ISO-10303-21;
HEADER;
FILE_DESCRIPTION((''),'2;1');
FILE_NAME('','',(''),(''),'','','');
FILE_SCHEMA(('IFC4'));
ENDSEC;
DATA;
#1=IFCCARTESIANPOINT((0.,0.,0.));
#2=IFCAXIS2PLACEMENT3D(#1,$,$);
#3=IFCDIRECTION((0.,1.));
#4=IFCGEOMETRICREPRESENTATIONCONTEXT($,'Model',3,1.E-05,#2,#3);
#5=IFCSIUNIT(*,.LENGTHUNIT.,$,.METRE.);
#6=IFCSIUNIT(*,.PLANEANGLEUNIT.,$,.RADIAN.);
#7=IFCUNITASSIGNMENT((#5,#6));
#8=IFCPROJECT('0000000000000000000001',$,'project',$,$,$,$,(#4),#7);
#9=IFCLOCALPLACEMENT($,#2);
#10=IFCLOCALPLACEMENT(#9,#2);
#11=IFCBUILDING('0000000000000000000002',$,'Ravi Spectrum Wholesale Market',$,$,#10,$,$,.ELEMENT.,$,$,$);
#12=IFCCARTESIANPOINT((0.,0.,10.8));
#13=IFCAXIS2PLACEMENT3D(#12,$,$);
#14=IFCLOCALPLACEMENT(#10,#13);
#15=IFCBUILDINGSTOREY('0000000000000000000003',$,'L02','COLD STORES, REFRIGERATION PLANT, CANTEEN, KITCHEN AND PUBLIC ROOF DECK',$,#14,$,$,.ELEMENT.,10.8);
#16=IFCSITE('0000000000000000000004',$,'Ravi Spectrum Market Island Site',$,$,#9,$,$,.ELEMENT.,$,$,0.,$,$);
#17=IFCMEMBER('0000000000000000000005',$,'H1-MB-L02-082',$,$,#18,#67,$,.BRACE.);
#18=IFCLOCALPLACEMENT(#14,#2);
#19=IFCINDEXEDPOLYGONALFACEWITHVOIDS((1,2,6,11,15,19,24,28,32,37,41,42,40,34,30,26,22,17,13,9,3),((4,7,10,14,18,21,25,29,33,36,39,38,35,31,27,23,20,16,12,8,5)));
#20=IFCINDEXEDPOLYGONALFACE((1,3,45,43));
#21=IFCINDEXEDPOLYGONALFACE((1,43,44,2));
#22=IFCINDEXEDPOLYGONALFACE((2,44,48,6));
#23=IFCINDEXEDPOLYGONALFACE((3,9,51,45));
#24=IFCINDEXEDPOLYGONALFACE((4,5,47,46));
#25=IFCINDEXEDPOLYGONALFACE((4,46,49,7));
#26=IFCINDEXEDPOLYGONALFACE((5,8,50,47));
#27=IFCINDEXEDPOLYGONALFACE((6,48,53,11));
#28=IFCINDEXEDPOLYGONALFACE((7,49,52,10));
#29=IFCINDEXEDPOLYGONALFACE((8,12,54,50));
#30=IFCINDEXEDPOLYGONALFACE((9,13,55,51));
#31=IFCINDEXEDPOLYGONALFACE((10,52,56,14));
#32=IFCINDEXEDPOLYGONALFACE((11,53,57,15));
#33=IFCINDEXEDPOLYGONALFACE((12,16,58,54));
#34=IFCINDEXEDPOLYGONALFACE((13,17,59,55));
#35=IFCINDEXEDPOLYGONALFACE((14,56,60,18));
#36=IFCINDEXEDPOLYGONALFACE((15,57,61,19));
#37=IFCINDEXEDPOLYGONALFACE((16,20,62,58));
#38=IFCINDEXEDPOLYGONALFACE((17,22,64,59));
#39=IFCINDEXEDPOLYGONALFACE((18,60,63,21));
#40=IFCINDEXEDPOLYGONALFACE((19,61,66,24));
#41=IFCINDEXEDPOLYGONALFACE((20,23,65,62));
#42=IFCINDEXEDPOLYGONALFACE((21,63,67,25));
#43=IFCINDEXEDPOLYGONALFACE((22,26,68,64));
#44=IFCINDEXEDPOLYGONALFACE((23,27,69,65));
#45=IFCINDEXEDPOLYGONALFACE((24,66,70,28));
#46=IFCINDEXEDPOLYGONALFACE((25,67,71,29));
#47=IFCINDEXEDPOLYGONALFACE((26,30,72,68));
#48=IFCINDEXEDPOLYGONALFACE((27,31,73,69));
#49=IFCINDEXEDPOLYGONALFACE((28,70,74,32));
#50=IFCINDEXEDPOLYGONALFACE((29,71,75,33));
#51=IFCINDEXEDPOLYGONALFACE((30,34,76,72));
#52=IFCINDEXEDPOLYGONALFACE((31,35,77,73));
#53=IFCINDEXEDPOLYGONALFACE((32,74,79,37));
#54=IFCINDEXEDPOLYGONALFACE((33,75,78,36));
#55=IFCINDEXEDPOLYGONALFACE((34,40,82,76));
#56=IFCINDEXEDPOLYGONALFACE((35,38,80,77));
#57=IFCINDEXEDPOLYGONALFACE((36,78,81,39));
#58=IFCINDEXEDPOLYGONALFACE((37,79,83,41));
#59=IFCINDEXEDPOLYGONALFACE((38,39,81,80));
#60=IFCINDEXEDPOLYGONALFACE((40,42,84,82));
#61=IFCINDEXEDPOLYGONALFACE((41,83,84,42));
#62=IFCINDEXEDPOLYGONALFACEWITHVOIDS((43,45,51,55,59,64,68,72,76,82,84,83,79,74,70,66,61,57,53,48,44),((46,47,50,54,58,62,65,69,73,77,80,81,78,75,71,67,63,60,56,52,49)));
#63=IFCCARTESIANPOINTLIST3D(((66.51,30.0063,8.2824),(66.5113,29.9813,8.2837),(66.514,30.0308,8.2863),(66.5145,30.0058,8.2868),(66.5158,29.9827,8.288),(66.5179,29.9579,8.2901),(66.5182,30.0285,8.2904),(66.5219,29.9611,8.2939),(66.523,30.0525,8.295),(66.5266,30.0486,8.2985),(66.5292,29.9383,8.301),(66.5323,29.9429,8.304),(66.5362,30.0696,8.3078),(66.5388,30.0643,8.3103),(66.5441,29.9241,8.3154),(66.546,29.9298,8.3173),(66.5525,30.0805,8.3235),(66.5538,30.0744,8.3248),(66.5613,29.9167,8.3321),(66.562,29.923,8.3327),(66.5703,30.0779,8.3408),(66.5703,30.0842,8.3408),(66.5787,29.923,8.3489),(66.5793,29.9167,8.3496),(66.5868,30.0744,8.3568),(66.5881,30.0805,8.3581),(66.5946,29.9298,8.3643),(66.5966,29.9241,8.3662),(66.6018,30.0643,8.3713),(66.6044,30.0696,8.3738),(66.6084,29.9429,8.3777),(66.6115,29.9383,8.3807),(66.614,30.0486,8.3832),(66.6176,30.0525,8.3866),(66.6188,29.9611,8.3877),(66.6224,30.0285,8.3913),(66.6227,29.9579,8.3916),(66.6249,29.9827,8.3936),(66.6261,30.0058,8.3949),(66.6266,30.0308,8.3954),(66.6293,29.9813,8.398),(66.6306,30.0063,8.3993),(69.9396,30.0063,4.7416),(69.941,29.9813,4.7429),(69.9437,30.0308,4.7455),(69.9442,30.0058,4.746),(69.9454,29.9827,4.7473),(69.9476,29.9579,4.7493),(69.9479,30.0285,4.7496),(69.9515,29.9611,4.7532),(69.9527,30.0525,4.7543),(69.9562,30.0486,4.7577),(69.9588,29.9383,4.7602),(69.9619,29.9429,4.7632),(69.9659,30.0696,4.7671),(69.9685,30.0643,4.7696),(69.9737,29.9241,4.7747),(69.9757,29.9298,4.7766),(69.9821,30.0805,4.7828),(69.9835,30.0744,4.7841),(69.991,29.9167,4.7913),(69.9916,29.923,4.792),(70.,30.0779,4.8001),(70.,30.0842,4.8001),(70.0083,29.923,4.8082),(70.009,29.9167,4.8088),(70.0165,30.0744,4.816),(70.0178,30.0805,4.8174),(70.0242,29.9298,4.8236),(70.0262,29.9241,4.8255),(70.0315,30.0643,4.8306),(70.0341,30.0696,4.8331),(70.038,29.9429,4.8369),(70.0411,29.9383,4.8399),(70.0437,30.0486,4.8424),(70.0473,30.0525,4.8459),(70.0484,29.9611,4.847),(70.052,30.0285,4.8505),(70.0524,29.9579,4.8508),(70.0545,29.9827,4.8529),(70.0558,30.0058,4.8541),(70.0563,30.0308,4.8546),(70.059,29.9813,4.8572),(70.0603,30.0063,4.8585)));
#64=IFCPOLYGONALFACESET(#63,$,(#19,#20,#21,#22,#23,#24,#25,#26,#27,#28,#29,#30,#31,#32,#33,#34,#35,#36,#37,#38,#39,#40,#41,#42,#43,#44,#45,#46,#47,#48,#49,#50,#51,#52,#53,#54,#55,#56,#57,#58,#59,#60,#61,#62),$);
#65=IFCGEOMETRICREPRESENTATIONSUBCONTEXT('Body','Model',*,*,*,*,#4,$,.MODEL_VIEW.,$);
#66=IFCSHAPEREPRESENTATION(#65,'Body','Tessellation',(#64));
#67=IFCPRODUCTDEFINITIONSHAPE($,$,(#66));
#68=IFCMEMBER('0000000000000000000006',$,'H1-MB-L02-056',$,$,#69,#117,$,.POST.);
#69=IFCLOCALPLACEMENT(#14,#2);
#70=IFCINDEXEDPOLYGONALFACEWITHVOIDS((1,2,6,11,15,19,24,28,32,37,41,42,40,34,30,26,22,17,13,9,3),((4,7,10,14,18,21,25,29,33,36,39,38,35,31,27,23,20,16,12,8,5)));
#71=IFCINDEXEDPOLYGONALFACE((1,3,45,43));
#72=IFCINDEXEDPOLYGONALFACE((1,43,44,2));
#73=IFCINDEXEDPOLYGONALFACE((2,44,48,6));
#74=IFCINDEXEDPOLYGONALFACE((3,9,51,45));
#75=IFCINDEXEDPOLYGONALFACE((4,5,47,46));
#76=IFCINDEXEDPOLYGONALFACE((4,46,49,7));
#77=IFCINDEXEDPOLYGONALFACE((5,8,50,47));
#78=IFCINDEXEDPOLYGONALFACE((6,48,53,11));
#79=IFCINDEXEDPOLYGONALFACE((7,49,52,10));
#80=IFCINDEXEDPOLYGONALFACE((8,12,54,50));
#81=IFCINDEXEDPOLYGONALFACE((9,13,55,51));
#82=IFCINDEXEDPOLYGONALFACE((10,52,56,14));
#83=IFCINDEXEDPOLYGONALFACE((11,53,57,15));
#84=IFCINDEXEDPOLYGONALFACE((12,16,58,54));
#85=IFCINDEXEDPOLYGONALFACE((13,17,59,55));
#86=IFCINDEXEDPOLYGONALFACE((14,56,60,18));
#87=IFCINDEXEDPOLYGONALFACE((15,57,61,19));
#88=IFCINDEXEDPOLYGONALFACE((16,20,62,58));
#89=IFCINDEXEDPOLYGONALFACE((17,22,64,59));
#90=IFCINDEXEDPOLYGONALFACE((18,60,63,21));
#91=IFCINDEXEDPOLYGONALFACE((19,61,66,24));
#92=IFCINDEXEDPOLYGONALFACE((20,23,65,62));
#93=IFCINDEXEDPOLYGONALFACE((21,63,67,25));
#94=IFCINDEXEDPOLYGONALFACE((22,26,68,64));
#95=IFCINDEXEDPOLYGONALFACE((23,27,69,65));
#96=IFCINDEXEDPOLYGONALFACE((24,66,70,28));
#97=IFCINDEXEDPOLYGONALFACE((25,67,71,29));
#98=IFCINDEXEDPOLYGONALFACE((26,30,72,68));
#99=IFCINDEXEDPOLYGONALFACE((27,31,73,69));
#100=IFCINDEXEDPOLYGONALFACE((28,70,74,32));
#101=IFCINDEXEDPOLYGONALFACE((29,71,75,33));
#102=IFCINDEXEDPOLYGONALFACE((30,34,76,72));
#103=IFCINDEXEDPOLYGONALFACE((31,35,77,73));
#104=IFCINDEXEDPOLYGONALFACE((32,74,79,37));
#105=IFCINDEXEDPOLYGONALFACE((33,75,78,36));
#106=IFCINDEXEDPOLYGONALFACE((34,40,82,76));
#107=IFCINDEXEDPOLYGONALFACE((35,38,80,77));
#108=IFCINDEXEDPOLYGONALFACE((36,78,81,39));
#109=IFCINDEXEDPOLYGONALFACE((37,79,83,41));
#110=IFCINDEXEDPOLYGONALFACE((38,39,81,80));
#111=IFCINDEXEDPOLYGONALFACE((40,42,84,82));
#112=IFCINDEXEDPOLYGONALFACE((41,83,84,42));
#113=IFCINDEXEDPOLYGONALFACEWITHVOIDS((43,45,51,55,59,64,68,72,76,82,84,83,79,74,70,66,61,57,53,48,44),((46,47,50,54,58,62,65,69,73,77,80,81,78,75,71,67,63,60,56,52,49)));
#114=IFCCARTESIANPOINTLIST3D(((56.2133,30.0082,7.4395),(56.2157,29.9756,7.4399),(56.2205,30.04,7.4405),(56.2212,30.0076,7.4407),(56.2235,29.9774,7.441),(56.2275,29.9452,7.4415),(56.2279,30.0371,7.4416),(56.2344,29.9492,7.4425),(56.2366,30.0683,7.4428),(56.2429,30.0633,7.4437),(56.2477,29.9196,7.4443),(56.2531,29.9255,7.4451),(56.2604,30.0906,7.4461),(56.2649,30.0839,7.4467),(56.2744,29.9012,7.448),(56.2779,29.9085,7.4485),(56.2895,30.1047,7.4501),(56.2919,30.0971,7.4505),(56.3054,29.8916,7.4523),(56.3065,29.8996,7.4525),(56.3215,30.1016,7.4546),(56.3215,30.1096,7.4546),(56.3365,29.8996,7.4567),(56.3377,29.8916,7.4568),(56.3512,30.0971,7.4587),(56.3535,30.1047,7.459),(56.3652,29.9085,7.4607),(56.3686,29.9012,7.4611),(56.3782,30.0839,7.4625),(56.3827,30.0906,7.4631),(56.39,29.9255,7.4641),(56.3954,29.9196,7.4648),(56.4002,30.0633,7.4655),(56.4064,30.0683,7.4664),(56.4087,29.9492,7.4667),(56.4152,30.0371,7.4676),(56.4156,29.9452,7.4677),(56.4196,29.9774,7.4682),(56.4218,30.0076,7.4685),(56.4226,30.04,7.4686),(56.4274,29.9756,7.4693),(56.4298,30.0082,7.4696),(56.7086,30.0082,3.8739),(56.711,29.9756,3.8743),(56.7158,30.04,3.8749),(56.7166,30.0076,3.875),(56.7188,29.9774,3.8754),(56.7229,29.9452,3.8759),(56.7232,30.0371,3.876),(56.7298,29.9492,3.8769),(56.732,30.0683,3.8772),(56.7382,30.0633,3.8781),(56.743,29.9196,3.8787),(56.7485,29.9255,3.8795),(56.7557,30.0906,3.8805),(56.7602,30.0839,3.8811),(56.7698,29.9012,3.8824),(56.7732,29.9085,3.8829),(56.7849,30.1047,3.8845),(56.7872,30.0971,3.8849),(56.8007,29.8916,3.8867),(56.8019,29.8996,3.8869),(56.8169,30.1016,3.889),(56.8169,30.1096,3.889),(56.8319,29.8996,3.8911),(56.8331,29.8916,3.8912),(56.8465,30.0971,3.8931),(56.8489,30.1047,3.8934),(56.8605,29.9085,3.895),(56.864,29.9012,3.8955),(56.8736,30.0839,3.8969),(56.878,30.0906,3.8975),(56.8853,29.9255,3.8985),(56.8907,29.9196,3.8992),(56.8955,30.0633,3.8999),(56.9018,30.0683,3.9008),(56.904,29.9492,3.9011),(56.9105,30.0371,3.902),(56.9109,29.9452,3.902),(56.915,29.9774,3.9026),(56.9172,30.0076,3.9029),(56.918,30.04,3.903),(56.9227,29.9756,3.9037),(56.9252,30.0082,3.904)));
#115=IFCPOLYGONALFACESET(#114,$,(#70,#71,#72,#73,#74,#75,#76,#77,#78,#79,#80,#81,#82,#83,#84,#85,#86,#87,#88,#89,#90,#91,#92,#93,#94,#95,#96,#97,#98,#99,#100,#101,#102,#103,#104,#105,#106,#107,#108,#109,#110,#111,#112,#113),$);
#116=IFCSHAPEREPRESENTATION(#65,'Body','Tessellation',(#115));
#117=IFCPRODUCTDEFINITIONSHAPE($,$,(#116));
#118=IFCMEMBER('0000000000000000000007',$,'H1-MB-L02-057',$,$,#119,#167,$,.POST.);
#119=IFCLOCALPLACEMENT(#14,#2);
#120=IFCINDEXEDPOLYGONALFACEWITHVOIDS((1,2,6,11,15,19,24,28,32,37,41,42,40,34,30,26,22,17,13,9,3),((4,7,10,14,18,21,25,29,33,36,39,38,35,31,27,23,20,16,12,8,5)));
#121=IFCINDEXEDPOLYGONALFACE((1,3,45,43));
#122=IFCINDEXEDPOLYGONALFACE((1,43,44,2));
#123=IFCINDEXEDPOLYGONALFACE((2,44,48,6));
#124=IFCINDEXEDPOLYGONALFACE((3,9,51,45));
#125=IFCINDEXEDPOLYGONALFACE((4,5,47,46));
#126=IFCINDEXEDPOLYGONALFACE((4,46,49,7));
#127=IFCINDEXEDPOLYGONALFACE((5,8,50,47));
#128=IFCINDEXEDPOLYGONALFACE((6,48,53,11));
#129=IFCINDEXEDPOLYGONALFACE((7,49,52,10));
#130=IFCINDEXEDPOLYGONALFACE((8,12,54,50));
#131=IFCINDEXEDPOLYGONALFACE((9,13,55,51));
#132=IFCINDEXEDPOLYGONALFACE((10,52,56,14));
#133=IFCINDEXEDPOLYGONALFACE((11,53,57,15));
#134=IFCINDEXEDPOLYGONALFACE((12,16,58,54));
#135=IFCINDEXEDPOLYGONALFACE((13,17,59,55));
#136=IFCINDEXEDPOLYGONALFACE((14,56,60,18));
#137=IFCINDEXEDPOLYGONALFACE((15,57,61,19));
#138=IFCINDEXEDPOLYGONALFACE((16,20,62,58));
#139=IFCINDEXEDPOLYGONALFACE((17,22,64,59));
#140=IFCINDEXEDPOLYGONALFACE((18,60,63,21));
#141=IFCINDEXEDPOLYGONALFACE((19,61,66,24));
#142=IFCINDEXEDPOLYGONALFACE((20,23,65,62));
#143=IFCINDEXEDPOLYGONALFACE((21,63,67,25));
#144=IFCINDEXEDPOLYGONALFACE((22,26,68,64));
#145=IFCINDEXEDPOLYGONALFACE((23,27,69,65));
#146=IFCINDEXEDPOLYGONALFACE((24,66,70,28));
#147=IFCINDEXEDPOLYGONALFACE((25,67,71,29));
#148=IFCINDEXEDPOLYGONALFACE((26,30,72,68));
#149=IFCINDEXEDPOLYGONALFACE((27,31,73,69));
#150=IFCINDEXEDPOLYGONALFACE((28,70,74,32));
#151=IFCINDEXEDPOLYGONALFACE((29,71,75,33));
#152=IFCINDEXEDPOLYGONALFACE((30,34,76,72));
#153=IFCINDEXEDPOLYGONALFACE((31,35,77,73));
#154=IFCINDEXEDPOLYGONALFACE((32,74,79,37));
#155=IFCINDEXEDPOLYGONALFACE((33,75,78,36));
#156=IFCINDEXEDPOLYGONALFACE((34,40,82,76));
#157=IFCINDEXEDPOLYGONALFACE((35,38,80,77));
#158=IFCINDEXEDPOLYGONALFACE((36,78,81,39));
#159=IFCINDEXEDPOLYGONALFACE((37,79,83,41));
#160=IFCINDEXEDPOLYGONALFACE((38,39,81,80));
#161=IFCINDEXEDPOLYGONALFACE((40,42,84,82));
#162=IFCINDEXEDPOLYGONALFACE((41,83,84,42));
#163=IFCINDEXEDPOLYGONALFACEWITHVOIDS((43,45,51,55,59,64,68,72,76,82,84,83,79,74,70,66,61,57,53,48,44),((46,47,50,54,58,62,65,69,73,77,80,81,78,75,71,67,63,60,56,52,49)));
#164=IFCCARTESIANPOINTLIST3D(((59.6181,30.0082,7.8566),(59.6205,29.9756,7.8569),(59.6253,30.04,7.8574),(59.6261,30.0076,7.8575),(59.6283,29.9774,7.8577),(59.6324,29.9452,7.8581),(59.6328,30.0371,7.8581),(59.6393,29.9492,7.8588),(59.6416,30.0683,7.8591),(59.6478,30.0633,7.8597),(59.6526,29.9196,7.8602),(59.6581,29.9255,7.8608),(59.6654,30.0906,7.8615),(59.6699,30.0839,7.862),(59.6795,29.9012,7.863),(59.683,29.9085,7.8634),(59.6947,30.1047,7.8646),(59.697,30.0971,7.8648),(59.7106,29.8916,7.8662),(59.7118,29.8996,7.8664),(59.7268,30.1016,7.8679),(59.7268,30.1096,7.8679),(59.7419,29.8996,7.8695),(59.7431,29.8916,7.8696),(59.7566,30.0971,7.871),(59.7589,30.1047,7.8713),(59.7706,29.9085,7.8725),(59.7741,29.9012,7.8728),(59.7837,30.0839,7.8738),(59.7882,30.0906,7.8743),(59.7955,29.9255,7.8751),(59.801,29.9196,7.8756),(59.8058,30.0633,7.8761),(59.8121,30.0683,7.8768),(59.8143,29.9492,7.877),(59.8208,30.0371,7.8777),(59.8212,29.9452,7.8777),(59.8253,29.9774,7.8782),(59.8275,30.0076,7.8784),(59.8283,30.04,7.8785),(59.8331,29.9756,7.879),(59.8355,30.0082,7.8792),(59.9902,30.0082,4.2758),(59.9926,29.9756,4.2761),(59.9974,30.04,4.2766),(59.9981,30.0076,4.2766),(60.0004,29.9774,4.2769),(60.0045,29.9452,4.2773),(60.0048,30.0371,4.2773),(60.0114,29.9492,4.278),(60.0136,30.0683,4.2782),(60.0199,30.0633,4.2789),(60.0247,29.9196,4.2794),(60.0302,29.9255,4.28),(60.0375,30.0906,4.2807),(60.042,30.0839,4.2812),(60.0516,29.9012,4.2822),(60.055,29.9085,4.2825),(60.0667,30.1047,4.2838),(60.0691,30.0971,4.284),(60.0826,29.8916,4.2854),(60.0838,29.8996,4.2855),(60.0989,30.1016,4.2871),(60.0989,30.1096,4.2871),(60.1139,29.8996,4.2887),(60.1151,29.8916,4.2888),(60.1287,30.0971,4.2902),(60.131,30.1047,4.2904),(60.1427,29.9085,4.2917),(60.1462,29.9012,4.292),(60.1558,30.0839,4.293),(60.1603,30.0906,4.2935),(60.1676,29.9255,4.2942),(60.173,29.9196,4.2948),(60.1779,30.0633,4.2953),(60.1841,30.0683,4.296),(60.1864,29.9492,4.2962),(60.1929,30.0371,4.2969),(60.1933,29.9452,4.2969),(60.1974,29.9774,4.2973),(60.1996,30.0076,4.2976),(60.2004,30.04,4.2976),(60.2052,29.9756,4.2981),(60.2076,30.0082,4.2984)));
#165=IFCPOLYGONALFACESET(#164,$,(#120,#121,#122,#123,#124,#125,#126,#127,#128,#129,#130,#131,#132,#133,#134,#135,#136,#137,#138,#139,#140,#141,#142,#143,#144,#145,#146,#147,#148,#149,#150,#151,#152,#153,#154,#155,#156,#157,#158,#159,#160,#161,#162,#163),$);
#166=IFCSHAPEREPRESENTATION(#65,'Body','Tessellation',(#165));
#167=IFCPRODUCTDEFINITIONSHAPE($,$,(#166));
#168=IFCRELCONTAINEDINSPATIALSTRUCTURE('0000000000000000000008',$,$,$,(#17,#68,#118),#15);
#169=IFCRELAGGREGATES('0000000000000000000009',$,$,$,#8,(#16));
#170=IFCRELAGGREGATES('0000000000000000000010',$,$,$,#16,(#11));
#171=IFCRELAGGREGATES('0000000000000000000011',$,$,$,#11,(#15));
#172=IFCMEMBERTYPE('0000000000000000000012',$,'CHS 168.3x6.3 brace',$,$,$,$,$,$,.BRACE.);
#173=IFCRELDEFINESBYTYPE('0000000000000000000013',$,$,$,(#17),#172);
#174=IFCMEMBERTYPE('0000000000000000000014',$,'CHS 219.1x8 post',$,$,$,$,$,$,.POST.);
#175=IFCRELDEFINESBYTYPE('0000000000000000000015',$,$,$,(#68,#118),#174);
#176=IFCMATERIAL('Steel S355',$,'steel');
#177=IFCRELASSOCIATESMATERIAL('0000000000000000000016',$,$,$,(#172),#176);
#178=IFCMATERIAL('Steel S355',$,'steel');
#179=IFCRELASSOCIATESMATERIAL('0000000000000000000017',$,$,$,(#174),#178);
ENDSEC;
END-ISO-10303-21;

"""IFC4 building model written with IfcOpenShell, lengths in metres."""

from ifc_helpers import new_model, si_unit, direction, frame, origin, origin_2d, place, context, subcontext, project, spatial, hollow_circle, extrude, material, material_profile, profile_set, type_object, element, save


model = new_model("IFC4")

# Units and contexts
model_context = context("Model", 3, precision=1e-05, world=origin(), true_north=direction((0.0, 1.0)))
body_context = subcontext(model_context, "Body", "Model", "MODEL_VIEW")
ifc_project = project(units=[si_unit("LENGTHUNIT", "METRE"), si_unit("PLANEANGLEUNIT", "RADIAN")], contexts=[model_context])

# Site, building, storey
site_placement = place(None, origin())
site = spatial("IfcSite", under=ifc_project, at=site_placement, Name="Ravi Spectrum Market Island Site", CompositionType="ELEMENT", RefElevation=0.0)
building_placement = place(site_placement, origin())
building = spatial("IfcBuilding", under=site, at=building_placement, Name="Ravi Spectrum Wholesale Market", CompositionType="ELEMENT")
storey_placement = place(building_placement, frame((0.0, 0.0, 10.8)))
storey = spatial("IfcBuildingStorey", under=building, at=storey_placement, Name="L02", Description="COLD STORES, REFRIGERATION PLANT, CANTEEN, KITCHEN AND PUBLIC ROOF DECK", CompositionType="ELEMENT", Elevation=10.8)

# Members
ifc_material_1 = material(Name="Steel S355", Category="steel")
ifc_material_profile_1 = material_profile(ifc_material_1, hollow_circle(Radius=0.0842, WallThickness=0.0063, at=origin_2d()))
ifc_profile_set_1 = profile_set([ifc_material_profile_1], Name="Steel S355")
member_type_1 = type_object("IfcMemberType", Name="CHS 168.3x6.3 brace", PredefinedType="BRACE", material=ifc_profile_set_1)
for number, where, z_axis, x_axis, name in (
    (1, (66.5703, 30.0, 8.3408), (0.69575, 0.0, -0.718284), (0.0, 1.0, 0.0), "H1-MB-L02-082"),
):
    element("IfcMember", number, at=place(storey_placement, frame(where, z_axis=z_axis, x_axis=x_axis)), inside=storey, type_object=member_type_1, Name=name, PredefinedType="BRACE", context=body_context, shape_type="SweptSolid", body=[
        extrude(hollow_circle(Radius=0.0842, WallThickness=0.0063, at=origin_2d()), origin(), (0.0, 0.0, 1.0), 4.9294),
    ])
ifc_material_2 = material(Name="Steel S355", Category="steel")
ifc_material_profile_2 = material_profile(ifc_material_2, hollow_circle(Radius=0.1096, WallThickness=0.0081, at=origin_2d()))
ifc_profile_set_2 = profile_set([ifc_material_profile_2], Name="Steel S355")
member_type_2 = type_object("IfcMemberType", Name="CHS 219.1x8 post", PredefinedType="POST", material=ifc_profile_set_2)
member_1_placement = place(storey_placement, frame((56.3215, 30.0, 7.4546), z_axis=(0.137603, 0.0, -0.990487), x_axis=(0.0, 1.0, 0.0)))
element("IfcMember", 2, at=member_1_placement, inside=storey, type_object=member_type_2, Name="H1-MB-L02-056", PredefinedType="POST", context=body_context, shape_type="SweptSolid", body=[
    extrude(hollow_circle(Radius=0.1096, WallThickness=0.0081, at=origin_2d()), origin(), (0.0, 0.0, 1.0), 3.5999),
])
member_2_placement = place(storey_placement, frame((59.7268, 30.0, 7.8679), z_axis=(0.10335, 0.0, -0.994645), x_axis=(0.0, 1.0, 0.0)))
element("IfcMember", 3, at=member_2_placement, inside=storey, type_object=member_type_2, Name="H1-MB-L02-057", PredefinedType="POST", context=body_context, shape_type="SweptSolid", body=[
    extrude(hollow_circle(Radius=0.1096, WallThickness=0.0081, at=origin_2d()), origin(), (0.0, 0.0, 1.0), 3.6001),
])

save(model, "model.ifc")
